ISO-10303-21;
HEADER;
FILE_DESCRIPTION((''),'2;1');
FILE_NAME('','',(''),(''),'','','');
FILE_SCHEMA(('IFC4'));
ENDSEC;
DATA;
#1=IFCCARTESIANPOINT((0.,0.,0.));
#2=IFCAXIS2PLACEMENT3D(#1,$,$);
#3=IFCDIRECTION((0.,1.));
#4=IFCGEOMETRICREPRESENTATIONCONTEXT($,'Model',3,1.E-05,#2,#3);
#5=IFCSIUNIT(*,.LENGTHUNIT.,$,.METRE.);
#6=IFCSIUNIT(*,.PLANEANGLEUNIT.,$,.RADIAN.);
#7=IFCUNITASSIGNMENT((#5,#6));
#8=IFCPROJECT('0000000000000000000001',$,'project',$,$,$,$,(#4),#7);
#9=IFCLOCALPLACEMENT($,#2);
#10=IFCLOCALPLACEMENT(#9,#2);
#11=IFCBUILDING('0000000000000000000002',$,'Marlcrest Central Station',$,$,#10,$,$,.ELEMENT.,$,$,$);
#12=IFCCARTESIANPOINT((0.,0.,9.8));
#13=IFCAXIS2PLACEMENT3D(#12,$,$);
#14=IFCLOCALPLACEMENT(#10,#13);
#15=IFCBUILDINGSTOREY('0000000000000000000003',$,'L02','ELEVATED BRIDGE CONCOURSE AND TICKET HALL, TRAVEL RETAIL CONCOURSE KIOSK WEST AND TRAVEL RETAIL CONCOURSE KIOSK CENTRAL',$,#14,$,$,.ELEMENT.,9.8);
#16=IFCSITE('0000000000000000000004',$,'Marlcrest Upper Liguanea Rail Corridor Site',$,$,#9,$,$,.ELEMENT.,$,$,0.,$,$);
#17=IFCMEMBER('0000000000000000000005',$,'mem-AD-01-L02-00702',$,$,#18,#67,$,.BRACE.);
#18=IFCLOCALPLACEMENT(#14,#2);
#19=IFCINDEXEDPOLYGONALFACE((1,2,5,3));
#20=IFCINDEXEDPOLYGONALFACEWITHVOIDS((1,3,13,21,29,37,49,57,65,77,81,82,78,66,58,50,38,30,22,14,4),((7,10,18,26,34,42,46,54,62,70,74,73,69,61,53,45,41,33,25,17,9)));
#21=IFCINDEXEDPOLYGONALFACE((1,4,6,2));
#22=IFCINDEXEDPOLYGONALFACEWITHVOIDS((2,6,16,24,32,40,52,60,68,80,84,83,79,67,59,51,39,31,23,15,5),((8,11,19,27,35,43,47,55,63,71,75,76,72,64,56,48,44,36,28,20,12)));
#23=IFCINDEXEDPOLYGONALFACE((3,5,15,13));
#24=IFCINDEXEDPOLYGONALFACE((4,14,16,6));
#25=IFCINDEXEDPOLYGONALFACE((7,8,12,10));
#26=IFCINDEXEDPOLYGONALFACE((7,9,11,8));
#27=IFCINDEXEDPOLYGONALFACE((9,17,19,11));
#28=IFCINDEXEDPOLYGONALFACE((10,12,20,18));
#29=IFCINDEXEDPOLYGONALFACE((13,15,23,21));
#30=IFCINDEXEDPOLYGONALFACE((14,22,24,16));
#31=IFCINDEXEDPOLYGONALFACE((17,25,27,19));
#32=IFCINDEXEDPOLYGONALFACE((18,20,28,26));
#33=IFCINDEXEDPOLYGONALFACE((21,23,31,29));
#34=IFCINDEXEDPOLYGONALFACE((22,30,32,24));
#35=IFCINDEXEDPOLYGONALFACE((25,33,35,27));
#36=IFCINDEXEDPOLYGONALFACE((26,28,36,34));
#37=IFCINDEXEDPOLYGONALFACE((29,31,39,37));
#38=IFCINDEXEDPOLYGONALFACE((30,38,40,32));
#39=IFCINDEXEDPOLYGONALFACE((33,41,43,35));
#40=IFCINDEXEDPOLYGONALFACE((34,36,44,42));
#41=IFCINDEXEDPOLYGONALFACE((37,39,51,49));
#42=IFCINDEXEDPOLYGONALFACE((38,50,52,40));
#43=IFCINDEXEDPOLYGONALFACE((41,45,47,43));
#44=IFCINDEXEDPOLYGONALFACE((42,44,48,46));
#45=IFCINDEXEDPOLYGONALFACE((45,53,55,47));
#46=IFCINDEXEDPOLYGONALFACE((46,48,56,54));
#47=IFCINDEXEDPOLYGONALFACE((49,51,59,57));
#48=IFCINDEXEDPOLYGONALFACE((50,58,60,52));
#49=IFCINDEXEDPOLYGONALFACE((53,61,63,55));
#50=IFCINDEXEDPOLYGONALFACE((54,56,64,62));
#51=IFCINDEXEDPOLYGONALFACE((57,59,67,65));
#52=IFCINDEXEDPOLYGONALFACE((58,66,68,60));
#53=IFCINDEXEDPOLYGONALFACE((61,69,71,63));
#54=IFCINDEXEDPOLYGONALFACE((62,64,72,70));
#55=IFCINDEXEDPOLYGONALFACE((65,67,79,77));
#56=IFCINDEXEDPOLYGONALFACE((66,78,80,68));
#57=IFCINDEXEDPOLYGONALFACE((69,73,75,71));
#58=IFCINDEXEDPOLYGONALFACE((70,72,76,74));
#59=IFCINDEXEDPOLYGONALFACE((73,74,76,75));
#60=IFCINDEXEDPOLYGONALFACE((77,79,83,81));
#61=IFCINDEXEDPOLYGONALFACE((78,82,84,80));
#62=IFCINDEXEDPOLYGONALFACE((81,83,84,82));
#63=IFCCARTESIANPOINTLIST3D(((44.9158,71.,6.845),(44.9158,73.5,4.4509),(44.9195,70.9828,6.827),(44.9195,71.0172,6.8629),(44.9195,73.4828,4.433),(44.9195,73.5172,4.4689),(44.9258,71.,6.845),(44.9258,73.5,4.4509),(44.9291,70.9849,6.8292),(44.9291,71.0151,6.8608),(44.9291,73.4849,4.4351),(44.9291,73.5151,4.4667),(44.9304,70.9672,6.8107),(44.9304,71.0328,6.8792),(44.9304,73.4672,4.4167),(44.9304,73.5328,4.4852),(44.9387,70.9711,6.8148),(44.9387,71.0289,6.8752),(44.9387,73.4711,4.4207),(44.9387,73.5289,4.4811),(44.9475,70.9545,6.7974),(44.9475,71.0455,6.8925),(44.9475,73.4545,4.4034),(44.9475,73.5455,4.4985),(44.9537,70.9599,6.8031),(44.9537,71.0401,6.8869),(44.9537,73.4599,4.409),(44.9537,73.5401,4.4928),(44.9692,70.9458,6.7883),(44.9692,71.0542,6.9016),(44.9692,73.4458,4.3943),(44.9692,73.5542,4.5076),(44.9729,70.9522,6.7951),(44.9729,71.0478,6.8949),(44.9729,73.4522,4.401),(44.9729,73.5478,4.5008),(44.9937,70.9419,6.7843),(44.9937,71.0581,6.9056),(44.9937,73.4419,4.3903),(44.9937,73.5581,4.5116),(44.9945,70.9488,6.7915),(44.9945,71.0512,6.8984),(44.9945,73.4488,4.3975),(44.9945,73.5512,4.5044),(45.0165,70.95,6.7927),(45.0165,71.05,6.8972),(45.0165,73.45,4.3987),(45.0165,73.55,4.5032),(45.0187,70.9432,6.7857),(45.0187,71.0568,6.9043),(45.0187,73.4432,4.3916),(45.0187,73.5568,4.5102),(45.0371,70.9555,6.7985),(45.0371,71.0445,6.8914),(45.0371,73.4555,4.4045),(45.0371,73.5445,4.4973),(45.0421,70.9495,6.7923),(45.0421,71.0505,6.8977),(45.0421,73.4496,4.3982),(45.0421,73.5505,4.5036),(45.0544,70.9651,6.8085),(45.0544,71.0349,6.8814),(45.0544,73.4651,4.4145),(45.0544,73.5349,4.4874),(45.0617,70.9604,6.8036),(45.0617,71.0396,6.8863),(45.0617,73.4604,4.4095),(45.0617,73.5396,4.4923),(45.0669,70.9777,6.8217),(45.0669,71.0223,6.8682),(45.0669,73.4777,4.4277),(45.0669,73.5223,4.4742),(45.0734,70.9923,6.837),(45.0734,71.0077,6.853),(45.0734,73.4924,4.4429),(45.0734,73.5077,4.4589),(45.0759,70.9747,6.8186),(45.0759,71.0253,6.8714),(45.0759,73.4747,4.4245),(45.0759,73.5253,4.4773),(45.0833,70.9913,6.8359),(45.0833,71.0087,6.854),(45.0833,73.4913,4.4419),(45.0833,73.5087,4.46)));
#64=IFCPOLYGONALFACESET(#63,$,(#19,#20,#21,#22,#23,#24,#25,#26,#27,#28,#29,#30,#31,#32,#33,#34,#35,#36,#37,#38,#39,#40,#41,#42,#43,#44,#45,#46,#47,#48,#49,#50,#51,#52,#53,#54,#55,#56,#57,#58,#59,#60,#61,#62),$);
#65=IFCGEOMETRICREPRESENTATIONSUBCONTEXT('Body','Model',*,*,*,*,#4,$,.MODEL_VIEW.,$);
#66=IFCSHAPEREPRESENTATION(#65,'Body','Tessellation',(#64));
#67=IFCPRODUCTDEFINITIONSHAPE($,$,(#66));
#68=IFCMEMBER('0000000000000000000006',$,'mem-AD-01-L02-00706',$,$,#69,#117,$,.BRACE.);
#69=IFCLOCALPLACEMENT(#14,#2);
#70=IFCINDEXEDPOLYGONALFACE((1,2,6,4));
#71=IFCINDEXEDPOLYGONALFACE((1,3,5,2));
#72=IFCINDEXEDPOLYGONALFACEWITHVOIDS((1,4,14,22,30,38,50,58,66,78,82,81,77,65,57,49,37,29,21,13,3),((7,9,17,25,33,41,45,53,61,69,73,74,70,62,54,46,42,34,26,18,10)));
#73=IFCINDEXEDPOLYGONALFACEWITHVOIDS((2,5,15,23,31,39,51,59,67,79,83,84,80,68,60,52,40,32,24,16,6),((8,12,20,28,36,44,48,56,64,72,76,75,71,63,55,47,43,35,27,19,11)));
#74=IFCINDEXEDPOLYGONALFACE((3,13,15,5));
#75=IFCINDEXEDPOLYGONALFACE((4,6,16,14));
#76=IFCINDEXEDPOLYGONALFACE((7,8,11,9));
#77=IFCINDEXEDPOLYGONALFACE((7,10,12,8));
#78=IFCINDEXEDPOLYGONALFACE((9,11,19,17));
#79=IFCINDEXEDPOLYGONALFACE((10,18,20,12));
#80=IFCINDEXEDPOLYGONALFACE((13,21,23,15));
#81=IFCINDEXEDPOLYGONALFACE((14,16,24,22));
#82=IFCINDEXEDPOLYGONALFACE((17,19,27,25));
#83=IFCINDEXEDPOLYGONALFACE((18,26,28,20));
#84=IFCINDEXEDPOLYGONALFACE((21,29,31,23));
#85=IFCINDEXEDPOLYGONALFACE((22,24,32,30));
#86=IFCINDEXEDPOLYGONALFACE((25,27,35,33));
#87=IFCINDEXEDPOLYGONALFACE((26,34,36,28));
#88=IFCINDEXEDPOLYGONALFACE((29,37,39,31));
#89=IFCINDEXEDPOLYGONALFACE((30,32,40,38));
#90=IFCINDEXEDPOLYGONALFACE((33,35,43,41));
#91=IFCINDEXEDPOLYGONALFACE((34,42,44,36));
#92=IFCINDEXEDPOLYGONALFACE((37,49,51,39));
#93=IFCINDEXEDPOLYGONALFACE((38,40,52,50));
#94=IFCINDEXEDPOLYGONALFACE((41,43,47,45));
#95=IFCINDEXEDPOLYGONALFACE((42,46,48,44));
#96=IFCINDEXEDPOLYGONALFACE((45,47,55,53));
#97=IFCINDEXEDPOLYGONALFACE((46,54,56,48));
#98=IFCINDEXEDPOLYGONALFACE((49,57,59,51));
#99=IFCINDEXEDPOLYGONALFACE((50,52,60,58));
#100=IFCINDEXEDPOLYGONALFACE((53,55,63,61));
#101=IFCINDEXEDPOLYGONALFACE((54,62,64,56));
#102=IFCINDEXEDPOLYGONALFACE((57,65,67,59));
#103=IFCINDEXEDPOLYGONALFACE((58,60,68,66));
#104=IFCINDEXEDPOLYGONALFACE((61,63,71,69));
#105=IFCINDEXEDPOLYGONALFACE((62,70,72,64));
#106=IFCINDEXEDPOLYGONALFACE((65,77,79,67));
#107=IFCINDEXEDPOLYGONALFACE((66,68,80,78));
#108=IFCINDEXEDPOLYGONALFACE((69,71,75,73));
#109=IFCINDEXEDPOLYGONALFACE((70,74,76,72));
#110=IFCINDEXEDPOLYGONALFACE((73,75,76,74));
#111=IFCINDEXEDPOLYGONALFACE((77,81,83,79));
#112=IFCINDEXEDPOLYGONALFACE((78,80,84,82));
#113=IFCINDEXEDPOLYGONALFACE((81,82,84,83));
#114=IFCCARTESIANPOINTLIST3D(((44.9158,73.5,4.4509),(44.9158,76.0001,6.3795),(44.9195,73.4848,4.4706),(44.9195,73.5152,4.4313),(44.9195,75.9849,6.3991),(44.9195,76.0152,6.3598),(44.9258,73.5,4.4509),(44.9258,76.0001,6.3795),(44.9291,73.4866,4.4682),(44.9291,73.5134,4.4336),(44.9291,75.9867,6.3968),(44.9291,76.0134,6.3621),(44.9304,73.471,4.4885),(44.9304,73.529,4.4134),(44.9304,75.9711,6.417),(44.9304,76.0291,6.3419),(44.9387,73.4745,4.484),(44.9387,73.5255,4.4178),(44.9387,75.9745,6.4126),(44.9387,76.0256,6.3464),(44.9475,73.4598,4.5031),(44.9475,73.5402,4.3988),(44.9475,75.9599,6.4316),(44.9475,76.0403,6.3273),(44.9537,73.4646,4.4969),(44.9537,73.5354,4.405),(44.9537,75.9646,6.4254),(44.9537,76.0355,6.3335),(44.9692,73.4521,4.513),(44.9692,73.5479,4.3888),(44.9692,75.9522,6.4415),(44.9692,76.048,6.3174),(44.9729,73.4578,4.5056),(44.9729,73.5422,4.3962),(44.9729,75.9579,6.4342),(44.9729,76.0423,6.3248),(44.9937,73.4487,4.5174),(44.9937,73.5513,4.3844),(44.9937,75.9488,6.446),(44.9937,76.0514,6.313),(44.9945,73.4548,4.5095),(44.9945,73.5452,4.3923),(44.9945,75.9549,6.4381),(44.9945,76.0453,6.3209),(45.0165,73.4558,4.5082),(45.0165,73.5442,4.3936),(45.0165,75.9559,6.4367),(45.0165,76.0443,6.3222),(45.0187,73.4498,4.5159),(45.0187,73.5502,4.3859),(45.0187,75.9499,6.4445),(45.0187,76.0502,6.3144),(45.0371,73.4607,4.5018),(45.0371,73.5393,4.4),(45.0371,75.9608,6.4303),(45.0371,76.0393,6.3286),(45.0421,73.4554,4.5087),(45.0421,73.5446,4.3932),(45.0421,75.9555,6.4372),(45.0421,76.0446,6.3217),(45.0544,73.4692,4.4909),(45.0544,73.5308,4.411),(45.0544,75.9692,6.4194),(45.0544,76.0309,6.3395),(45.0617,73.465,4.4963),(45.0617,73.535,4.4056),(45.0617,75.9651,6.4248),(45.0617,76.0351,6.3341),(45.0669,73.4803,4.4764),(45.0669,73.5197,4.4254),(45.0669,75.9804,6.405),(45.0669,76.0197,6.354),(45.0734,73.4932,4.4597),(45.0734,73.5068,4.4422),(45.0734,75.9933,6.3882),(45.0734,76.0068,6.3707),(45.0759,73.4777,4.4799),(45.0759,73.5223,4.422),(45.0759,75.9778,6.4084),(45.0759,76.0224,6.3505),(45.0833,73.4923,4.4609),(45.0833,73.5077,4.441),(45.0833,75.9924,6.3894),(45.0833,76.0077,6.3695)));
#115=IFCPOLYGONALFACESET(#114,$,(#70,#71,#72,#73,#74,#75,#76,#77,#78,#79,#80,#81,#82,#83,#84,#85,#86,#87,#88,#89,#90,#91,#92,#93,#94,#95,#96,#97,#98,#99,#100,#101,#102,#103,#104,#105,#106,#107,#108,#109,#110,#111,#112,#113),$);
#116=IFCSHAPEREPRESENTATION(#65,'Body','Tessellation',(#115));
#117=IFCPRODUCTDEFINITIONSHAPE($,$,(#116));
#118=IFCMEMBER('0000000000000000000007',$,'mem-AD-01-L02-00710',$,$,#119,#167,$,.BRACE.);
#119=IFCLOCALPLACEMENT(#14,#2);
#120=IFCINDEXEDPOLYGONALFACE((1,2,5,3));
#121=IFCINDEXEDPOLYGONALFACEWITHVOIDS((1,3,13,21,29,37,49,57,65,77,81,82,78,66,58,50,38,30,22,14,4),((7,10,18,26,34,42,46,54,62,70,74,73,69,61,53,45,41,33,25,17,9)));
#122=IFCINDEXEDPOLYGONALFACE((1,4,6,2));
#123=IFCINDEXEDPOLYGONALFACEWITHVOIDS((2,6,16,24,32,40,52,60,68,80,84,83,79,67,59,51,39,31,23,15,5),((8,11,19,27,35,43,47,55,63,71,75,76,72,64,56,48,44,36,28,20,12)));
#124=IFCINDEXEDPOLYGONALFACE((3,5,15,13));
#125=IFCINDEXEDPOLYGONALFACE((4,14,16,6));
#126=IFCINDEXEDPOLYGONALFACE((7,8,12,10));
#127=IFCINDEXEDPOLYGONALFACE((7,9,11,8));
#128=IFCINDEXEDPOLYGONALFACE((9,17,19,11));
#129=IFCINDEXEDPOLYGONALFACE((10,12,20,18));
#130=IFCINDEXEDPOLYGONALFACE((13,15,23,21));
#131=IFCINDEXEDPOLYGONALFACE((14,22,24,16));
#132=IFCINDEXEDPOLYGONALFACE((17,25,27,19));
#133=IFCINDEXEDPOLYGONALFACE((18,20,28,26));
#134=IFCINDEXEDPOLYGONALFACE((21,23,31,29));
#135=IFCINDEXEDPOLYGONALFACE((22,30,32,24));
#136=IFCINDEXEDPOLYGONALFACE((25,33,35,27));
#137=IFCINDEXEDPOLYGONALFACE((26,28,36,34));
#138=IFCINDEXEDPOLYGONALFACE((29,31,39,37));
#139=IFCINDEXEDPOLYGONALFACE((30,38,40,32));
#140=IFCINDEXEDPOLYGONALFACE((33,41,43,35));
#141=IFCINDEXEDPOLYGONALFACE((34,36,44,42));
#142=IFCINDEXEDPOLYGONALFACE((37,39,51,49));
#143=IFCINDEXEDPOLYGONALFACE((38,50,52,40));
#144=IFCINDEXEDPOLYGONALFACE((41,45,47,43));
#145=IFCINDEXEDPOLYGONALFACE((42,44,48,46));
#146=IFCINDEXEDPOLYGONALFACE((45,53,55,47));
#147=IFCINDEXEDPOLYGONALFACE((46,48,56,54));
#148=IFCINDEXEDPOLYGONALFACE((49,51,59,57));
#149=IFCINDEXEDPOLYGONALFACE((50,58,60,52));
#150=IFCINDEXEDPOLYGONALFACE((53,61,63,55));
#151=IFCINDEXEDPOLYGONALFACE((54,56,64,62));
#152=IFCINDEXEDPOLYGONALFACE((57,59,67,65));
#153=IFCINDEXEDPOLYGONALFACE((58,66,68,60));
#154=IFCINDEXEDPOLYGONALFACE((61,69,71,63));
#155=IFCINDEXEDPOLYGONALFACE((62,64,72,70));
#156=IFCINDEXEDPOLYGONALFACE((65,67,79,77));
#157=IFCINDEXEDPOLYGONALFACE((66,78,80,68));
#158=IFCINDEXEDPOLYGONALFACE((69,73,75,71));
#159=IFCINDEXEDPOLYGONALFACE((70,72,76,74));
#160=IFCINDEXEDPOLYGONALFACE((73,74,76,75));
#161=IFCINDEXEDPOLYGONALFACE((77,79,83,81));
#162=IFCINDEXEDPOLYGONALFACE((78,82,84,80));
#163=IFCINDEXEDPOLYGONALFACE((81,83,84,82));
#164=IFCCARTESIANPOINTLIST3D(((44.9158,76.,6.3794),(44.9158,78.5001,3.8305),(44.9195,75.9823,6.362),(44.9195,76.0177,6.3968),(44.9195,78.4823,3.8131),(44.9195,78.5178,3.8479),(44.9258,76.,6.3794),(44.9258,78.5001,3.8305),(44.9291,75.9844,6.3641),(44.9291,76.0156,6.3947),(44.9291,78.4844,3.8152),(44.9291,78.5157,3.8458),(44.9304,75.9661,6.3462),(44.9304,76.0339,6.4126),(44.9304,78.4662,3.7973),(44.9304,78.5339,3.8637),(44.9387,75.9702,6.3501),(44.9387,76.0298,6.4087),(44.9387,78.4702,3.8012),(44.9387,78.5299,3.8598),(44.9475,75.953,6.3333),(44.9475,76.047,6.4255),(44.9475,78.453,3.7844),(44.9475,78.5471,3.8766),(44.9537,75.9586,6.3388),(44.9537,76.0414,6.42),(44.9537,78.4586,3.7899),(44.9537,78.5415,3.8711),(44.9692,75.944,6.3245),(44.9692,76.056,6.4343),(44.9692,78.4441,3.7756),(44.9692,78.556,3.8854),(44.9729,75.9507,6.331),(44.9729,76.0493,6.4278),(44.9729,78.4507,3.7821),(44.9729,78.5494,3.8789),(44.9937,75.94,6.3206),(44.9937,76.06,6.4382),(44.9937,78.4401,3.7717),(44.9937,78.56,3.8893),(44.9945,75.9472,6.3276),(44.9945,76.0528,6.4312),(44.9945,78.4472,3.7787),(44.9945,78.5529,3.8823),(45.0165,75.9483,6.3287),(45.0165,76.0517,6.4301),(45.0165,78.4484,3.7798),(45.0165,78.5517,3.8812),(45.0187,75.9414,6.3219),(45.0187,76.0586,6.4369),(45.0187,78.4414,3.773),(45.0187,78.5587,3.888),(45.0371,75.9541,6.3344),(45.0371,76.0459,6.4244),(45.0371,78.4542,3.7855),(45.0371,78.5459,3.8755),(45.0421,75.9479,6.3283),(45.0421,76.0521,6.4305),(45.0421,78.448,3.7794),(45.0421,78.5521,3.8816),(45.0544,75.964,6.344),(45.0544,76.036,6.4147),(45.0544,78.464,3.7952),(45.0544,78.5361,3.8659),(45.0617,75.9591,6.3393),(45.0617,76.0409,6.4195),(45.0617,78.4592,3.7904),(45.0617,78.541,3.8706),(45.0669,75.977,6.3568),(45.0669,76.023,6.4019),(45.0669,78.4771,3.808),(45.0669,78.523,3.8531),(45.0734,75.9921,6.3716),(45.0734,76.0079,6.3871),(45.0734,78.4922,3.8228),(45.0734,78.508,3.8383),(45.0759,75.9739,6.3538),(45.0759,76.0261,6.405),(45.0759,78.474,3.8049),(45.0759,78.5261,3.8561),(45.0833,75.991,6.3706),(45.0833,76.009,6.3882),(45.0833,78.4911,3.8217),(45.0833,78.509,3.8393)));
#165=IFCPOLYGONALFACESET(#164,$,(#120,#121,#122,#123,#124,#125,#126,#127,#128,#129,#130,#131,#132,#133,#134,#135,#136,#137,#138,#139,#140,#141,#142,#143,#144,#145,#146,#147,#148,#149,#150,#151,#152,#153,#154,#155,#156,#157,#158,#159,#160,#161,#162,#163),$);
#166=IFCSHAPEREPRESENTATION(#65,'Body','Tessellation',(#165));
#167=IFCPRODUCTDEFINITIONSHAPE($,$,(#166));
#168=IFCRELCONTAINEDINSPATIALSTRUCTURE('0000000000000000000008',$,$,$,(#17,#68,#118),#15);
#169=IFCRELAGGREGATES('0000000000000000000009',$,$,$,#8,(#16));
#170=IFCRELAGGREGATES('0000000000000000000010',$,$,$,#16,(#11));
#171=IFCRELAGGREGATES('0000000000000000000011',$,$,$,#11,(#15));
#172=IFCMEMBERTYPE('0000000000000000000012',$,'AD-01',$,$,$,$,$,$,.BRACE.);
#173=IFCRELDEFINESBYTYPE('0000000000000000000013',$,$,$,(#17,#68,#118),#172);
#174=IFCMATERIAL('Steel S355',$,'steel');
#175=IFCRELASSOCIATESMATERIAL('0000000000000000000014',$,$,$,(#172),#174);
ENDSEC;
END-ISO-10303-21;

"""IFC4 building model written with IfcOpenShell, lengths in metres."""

from ifc_helpers import new_model, si_unit, direction, frame, origin, origin_2d, place, context, subcontext, project, spatial, hollow_circle, extrude, material, material_profile, profile_set, type_object, element, save


model = new_model("IFC4")

# Units and contexts
model_context = context("Model", 3, precision=1e-05, world=origin(), true_north=direction((0.0, 1.0)))
body_context = subcontext(model_context, "Body", "Model", "MODEL_VIEW")
ifc_project = project(units=[si_unit("LENGTHUNIT", "METRE"), si_unit("PLANEANGLEUNIT", "RADIAN")], contexts=[model_context])

# Site, building, storey
site_placement = place(None, origin())
site = spatial("IfcSite", under=ifc_project, at=site_placement, Name="Marlcrest Upper Liguanea Rail Corridor Site", CompositionType="ELEMENT", RefElevation=0.0)
building_placement = place(site_placement, origin())
building = spatial("IfcBuilding", under=site, at=building_placement, Name="Marlcrest Central Station", CompositionType="ELEMENT")
storey_placement = place(building_placement, frame((0.0, 0.0, 9.8)))
storey = spatial("IfcBuildingStorey", under=building, at=storey_placement, Name="L02", Description="ELEVATED BRIDGE CONCOURSE AND TICKET HALL, TRAVEL RETAIL CONCOURSE KIOSK WEST AND TRAVEL RETAIL CONCOURSE KIOSK CENTRAL", CompositionType="ELEMENT", Elevation=9.8)

# Members
ifc_material = material(Name="Steel S355", Category="steel")
ifc_material_profile_1 = material_profile(ifc_material, hollow_circle(Radius=0.0842, WallThickness=0.01, at=origin_2d()), Name="CHS 168.3x10")
ifc_profile_set_1 = profile_set([ifc_material_profile_1], Name="Steel S355")
member_type_1 = type_object("IfcMemberType", Name="AD-01", PredefinedType="BRACE", material=ifc_profile_set_1)
member_1_placement = place(storey_placement, frame((45.0, 71.0, 6.845), z_axis=(0.0, 0.722247, -0.691636), x_axis=(-1.0, 0.0, 0.0)))
element("IfcMember", 1, at=member_1_placement, inside=storey, type_object=member_type_1, Name="mem-AD-01-L02-00702", PredefinedType="BRACE", context=body_context, shape_type="SweptSolid", body=[
    extrude(hollow_circle(Radius=0.0842, WallThickness=0.01, at=origin_2d()), origin(), (0.0, 0.0, 1.0), 3.4614),
])
member_2_placement = place(storey_placement, frame((45.0, 73.5, 4.4509), z_axis=(0.0, 0.791798, 0.610783), x_axis=(-1.0, 0.0, 0.0)))
element("IfcMember", 2, at=member_2_placement, inside=storey, type_object=member_type_1, Name="mem-AD-01-L02-00706", PredefinedType="BRACE", context=body_context, shape_type="SweptSolid", body=[
    extrude(hollow_circle(Radius=0.0842, WallThickness=0.01, at=origin_2d()), origin(), (0.0, 0.0, 1.0), 3.1575),
])
member_3_placement = place(storey_placement, frame((45.0, 76.0, 6.3794), z_axis=(0.0, 0.700235, -0.713912), x_axis=(-1.0, 0.0, 0.0)))
element("IfcMember", 3, at=member_3_placement, inside=storey, type_object=member_type_1, Name="mem-AD-01-L02-00710", PredefinedType="BRACE", context=body_context, shape_type="SweptSolid", body=[
    extrude(hollow_circle(Radius=0.0842, WallThickness=0.01, at=origin_2d()), origin(), (0.0, 0.0, 1.0), 3.5703),
])

save(model, "model.ifc")
